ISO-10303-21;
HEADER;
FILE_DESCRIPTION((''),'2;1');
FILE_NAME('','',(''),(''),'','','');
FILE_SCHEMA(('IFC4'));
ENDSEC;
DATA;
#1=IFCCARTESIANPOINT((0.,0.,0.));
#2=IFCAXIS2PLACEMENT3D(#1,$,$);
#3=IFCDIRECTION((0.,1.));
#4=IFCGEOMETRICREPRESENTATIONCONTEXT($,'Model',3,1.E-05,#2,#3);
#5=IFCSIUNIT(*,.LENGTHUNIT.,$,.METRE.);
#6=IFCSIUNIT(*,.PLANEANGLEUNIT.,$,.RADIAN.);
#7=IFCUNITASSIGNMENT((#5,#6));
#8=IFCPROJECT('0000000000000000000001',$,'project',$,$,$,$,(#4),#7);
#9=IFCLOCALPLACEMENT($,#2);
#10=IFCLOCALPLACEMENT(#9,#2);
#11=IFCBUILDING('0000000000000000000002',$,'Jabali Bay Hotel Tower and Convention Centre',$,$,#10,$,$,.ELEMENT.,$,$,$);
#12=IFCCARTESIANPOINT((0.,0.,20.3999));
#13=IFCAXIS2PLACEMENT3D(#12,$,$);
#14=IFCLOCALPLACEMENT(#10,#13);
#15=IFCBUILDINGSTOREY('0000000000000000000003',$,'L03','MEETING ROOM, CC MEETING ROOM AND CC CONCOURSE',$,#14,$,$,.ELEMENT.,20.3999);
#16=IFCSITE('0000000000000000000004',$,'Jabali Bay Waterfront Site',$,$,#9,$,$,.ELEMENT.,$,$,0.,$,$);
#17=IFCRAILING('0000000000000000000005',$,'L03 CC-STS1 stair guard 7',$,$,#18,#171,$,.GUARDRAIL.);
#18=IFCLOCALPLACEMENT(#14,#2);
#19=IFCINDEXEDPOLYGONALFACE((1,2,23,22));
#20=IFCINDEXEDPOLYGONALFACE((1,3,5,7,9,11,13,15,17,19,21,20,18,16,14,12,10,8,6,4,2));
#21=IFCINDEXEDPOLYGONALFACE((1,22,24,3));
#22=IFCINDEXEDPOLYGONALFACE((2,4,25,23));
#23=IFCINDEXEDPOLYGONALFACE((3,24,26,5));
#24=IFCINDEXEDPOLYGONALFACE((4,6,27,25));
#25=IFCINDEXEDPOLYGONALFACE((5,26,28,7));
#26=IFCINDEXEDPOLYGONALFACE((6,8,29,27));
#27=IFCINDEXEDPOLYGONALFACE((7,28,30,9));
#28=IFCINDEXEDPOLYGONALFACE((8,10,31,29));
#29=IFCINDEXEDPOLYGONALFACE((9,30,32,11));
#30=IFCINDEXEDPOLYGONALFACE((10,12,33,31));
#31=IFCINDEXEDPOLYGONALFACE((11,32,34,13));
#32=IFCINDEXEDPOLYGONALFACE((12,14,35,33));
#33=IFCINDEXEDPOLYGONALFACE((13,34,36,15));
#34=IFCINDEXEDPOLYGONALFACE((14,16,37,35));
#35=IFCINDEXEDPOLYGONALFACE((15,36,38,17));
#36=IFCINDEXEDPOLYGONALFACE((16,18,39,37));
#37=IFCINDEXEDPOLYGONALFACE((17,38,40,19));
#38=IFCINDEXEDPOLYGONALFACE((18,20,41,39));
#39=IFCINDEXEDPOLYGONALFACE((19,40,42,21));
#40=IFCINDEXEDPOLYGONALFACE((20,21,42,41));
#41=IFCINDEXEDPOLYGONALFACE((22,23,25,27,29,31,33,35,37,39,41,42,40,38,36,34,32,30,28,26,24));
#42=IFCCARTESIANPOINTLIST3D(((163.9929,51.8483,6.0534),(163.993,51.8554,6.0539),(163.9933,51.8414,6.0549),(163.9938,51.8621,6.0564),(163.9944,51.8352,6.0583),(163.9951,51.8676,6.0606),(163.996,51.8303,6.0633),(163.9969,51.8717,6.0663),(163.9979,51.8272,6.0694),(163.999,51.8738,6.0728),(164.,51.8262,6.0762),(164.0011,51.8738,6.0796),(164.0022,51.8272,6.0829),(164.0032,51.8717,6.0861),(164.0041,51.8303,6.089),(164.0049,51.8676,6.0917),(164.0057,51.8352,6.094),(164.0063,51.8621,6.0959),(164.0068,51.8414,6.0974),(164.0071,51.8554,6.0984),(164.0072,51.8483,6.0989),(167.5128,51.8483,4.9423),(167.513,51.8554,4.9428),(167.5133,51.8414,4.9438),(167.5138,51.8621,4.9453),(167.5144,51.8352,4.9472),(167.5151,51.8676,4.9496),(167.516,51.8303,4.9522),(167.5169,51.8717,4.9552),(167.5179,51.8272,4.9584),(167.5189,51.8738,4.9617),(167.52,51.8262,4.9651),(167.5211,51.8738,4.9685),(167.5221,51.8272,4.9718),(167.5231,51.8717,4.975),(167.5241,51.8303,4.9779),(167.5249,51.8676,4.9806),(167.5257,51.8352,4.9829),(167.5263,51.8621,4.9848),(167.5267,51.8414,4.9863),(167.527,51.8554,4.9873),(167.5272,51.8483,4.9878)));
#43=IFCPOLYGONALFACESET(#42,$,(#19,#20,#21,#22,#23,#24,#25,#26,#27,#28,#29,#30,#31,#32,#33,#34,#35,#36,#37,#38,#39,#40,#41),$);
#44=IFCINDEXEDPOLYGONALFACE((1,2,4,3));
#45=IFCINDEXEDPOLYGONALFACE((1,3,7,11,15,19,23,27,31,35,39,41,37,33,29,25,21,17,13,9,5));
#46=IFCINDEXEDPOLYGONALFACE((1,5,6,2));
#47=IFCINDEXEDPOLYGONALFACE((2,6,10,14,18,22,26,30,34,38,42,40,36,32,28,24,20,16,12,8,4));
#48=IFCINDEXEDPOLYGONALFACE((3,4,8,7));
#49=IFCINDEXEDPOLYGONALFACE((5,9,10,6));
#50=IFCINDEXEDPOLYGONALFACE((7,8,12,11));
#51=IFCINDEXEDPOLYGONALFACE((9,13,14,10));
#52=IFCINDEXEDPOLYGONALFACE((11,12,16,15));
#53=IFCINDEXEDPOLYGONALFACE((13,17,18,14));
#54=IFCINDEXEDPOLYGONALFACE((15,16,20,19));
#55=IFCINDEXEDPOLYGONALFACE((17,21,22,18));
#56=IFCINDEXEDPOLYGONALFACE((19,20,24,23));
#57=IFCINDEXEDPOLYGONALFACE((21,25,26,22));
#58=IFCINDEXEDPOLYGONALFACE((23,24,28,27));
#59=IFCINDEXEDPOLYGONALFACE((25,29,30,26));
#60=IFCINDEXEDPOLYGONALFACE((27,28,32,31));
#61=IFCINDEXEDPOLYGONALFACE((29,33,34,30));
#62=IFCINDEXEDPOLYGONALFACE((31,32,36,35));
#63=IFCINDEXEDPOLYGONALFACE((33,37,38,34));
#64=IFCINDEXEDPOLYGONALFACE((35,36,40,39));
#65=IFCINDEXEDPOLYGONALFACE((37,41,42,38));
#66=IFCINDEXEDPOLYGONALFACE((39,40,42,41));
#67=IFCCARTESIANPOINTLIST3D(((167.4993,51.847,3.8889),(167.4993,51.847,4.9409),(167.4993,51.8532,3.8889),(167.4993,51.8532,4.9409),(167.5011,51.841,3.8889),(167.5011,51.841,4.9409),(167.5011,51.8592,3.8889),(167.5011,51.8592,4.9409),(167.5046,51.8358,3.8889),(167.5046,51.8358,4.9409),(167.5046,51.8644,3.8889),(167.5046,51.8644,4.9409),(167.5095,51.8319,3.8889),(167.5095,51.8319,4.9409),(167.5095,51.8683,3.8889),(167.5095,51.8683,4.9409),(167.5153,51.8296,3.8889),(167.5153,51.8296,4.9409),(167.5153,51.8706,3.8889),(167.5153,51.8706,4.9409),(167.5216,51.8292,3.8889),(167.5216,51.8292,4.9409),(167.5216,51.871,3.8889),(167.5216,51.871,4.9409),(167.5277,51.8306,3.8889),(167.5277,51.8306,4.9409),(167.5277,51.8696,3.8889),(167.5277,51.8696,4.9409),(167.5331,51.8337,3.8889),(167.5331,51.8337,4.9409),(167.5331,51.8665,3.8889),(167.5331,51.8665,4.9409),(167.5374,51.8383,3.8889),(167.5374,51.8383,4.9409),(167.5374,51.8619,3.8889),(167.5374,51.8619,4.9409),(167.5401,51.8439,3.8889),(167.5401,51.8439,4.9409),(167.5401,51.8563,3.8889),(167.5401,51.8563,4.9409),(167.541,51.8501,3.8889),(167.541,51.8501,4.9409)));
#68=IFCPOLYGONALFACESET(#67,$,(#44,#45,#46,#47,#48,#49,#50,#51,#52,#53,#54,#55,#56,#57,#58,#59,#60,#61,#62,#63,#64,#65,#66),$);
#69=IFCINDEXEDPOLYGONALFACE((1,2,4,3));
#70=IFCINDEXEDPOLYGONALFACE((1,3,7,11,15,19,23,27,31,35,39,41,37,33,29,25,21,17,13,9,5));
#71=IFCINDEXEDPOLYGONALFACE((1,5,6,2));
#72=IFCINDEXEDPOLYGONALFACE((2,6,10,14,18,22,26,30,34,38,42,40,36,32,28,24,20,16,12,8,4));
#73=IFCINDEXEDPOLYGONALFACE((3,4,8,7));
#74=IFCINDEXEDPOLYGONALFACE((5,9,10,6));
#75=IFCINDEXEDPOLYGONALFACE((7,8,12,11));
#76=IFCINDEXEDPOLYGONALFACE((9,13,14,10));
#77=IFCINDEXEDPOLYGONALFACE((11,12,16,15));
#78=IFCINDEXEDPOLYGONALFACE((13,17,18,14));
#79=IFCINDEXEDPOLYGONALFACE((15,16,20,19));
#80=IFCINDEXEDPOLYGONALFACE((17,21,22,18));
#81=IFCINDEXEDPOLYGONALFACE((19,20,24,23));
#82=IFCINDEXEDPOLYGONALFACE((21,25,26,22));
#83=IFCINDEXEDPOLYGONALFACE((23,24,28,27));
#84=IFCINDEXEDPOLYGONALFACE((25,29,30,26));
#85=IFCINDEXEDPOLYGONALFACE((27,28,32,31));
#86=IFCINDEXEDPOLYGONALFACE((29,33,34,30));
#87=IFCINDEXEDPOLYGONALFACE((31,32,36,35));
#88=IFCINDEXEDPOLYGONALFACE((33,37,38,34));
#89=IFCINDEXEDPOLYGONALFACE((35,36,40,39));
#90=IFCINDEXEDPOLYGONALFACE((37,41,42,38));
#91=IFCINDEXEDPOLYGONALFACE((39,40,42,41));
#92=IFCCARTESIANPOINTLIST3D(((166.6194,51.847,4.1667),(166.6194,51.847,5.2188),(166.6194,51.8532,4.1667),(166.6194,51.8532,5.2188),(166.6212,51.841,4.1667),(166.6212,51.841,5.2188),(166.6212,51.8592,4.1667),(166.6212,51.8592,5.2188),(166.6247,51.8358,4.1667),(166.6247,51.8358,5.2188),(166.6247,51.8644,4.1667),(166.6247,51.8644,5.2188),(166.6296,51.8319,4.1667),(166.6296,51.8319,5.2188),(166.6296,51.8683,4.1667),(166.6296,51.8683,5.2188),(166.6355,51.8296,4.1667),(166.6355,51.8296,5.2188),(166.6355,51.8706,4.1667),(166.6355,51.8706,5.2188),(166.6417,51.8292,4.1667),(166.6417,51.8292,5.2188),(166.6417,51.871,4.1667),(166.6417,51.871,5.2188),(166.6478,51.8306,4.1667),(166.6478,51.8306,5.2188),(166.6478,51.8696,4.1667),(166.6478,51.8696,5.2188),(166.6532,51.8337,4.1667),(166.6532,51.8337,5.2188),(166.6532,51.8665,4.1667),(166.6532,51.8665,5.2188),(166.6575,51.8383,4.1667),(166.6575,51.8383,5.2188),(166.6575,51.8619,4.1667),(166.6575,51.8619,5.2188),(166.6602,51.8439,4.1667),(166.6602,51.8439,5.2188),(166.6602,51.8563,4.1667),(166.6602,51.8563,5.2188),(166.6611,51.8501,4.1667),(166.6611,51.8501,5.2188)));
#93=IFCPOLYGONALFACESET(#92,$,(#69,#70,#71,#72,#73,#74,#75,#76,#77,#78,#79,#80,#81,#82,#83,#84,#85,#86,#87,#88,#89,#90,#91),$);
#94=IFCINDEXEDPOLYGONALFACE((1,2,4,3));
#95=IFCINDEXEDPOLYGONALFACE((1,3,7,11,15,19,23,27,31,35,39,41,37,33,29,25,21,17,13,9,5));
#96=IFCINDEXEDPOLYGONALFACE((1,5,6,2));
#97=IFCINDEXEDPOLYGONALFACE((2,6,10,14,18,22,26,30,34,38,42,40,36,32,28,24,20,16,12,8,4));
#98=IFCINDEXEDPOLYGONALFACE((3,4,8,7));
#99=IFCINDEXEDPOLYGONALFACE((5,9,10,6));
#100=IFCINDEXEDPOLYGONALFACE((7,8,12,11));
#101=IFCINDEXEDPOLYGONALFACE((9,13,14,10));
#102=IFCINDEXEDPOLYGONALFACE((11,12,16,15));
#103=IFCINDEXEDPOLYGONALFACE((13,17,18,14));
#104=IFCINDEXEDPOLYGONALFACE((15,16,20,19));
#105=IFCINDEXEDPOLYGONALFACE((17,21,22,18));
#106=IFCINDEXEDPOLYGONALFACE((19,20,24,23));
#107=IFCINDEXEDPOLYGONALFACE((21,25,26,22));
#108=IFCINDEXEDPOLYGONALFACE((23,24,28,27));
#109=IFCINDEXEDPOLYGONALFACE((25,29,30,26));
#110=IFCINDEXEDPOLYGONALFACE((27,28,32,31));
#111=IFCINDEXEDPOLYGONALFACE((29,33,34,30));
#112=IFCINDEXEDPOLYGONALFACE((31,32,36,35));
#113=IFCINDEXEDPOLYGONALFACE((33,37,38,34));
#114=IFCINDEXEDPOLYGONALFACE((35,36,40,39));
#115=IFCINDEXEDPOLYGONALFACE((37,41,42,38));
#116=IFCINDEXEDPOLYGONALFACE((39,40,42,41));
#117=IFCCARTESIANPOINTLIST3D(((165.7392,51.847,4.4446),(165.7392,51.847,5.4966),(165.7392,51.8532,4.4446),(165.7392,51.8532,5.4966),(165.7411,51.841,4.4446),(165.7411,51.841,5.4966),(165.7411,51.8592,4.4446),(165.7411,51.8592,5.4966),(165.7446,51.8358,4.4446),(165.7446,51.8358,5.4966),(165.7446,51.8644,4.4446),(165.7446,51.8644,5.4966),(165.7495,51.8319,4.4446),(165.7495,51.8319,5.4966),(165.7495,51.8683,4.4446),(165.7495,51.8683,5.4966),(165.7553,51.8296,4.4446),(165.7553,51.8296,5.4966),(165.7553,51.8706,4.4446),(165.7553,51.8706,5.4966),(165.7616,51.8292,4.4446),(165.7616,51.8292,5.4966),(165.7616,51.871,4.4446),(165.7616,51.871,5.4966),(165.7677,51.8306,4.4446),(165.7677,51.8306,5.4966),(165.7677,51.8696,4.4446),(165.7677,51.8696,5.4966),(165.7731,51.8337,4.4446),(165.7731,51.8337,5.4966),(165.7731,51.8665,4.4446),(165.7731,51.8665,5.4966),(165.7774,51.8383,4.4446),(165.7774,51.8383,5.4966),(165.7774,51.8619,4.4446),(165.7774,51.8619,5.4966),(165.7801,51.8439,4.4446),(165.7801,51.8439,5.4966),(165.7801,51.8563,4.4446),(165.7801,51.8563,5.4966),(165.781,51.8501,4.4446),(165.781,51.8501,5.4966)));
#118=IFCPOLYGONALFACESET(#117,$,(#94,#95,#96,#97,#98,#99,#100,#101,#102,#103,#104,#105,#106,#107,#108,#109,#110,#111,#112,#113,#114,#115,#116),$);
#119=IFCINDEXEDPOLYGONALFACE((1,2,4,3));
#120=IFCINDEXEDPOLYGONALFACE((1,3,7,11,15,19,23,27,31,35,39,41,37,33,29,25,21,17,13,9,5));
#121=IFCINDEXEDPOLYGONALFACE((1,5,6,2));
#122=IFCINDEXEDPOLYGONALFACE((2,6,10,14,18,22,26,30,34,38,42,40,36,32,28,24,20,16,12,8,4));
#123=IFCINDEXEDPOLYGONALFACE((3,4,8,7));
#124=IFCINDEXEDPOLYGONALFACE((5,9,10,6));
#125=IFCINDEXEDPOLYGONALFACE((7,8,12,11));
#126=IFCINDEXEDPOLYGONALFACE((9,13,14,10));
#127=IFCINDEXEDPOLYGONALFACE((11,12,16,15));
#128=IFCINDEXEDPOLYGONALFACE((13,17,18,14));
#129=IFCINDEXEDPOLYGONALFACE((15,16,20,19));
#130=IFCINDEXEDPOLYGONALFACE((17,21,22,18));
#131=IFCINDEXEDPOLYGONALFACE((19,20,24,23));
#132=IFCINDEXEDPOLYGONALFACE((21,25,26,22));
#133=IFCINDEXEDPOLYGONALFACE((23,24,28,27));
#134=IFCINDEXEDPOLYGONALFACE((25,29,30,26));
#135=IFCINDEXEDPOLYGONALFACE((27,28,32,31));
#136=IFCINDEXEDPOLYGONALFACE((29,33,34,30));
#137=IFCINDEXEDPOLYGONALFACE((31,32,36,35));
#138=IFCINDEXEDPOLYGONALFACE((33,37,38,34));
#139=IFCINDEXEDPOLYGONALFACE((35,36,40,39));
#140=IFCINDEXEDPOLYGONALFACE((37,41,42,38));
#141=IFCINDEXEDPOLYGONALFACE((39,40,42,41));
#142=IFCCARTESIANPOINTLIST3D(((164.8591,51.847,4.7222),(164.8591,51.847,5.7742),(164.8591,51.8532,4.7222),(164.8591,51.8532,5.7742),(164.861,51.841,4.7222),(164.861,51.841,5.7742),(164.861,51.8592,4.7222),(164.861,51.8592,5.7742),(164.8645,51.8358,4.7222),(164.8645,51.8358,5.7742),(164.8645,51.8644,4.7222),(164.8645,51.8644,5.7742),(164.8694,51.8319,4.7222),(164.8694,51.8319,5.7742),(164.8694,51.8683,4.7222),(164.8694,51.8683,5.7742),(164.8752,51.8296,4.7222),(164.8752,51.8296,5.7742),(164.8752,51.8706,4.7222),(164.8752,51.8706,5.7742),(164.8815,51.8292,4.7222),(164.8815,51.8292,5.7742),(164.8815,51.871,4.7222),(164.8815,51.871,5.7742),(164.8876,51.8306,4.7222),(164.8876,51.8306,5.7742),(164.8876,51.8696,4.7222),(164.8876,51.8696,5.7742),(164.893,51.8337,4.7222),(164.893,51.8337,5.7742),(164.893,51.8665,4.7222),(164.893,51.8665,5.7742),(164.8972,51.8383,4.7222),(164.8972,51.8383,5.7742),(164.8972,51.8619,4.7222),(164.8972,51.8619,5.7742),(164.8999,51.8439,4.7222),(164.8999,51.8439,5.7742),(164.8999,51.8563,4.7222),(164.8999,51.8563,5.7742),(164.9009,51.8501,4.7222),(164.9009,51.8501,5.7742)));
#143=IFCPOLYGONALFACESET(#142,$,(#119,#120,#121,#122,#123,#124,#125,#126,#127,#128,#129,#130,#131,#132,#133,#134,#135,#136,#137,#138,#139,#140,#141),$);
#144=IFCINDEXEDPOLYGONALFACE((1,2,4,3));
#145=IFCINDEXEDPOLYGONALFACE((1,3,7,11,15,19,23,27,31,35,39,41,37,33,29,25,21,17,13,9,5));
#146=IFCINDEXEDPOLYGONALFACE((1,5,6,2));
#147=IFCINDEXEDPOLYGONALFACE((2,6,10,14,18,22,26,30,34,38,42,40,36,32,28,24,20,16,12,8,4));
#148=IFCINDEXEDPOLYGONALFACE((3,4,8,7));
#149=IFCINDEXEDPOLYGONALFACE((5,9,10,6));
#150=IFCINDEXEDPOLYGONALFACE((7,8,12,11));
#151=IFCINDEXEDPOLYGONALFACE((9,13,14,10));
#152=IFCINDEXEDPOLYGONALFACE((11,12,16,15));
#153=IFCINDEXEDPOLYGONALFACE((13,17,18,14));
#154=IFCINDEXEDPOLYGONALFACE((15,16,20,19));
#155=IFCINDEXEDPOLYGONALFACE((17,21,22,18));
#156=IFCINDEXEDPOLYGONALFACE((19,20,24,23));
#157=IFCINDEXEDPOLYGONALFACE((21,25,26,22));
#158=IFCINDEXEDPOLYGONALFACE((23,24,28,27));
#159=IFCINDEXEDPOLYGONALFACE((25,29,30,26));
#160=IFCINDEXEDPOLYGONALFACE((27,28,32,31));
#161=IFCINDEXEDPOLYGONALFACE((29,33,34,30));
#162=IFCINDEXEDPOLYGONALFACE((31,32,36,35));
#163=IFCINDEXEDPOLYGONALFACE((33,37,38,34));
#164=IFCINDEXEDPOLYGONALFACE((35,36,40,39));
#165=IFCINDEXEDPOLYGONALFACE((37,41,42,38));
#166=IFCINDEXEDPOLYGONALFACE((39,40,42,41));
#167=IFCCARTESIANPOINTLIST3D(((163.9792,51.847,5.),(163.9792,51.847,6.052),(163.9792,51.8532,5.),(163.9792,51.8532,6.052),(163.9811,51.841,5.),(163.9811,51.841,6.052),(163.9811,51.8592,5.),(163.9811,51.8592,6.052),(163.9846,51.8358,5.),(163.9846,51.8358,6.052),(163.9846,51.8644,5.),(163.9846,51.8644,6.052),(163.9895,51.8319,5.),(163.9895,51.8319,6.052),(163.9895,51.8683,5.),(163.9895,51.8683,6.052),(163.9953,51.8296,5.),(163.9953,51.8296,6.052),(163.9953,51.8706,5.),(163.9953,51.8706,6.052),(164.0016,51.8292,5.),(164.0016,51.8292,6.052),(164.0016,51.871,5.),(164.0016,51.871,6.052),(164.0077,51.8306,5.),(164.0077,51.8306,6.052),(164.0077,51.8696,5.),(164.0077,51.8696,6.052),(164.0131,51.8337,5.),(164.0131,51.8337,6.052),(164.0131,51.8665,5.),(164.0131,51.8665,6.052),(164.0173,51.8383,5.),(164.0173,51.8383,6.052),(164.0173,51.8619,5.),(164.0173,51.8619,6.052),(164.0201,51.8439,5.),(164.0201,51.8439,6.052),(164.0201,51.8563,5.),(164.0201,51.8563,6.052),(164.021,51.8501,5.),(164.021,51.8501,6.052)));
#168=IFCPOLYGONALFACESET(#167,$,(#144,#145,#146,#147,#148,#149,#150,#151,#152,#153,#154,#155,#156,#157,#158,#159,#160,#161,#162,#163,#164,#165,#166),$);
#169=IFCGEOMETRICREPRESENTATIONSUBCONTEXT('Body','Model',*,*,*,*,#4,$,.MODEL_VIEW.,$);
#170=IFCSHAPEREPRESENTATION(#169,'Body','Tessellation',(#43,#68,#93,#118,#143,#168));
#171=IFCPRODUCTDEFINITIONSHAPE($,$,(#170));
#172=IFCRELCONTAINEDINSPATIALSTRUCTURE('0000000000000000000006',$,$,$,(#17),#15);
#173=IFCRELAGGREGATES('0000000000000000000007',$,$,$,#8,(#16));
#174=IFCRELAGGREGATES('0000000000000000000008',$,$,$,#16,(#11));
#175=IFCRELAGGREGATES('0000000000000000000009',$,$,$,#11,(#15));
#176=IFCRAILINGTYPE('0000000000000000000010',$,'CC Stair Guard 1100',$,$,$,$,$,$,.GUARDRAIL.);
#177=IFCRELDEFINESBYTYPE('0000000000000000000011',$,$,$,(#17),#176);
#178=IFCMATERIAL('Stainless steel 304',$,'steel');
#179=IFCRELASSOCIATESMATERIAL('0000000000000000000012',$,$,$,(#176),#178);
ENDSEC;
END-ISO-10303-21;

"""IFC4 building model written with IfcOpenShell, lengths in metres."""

from ifc_helpers import new_model, si_unit, direction, frame, origin, origin_2d, place, context, subcontext, project, spatial, circle, extrude, material, type_object, element, save


model = new_model("IFC4")

# Units and contexts
model_context = context("Model", 3, precision=1e-05, world=origin(), true_north=direction((0.0, 1.0)))
body_context = subcontext(model_context, "Body", "Model", "MODEL_VIEW")
ifc_project = project(units=[si_unit("LENGTHUNIT", "METRE"), si_unit("PLANEANGLEUNIT", "RADIAN")], contexts=[model_context])

# Site, building, storey
site_placement = place(None, origin())
site = spatial("IfcSite", under=ifc_project, at=site_placement, Name="Jabali Bay Waterfront Site", CompositionType="ELEMENT", RefElevation=0.0)
building_placement = place(site_placement, origin())
building = spatial("IfcBuilding", under=site, at=building_placement, Name="Jabali Bay Hotel Tower and Convention Centre", CompositionType="ELEMENT")
storey_placement = place(building_placement, frame((0.0, 0.0, 20.3999)))
storey = spatial("IfcBuildingStorey", under=building, at=storey_placement, Name="L03", Description="MEETING ROOM, CC MEETING ROOM AND CC CONCOURSE", CompositionType="ELEMENT", Elevation=20.3999)

# Railing
ifc_material_1 = material(Name="Stainless steel 304", Category="steel")
railing_type_1 = type_object("IfcRailingType", Name="CC Stair Guard 1100", PredefinedType="GUARDRAIL", material=ifc_material_1)
railing_1_placement = place(storey_placement, frame((167.52, 51.8501, 3.8889)))
element("IfcRailing", 1, at=railing_1_placement, inside=storey, type_object=railing_type_1, Name="L03 CC-STS1 stair guard 7", PredefinedType="GUARDRAIL", context=body_context, shape_type="SweptSolid", body=[
    extrude(circle(Radius=0.0239, at=origin_2d()), frame((0.0, 0.0, 1.0762), z_axis=(-0.953622, 0.0, 0.301008), x_axis=(0.0, -1.0, 0.0)), (0.0, 0.0, 1.0), 3.6912),
    extrude(circle(Radius=0.021, at=origin_2d()), origin(), (0.0, 0.0, 1.0), 1.052),
    extrude(circle(Radius=0.021, at=origin_2d()), frame((-0.8799, 0.0, 0.2778)), (0.0, 0.0, 1.0), 1.052),
    extrude(circle(Radius=0.021, at=origin_2d()), frame((-1.76, 0.0, 0.5557)), (0.0, 0.0, 1.0), 1.052),
    extrude(circle(Radius=0.021, at=origin_2d()), frame((-2.6401, 0.0, 0.8333)), (0.0, 0.0, 1.0), 1.052),
    extrude(circle(Radius=0.021, at=origin_2d()), frame((-3.52, 0.0, 1.1111)), (0.0, 0.0, 1.0), 1.052),
])

save(model, "model.ifc")
